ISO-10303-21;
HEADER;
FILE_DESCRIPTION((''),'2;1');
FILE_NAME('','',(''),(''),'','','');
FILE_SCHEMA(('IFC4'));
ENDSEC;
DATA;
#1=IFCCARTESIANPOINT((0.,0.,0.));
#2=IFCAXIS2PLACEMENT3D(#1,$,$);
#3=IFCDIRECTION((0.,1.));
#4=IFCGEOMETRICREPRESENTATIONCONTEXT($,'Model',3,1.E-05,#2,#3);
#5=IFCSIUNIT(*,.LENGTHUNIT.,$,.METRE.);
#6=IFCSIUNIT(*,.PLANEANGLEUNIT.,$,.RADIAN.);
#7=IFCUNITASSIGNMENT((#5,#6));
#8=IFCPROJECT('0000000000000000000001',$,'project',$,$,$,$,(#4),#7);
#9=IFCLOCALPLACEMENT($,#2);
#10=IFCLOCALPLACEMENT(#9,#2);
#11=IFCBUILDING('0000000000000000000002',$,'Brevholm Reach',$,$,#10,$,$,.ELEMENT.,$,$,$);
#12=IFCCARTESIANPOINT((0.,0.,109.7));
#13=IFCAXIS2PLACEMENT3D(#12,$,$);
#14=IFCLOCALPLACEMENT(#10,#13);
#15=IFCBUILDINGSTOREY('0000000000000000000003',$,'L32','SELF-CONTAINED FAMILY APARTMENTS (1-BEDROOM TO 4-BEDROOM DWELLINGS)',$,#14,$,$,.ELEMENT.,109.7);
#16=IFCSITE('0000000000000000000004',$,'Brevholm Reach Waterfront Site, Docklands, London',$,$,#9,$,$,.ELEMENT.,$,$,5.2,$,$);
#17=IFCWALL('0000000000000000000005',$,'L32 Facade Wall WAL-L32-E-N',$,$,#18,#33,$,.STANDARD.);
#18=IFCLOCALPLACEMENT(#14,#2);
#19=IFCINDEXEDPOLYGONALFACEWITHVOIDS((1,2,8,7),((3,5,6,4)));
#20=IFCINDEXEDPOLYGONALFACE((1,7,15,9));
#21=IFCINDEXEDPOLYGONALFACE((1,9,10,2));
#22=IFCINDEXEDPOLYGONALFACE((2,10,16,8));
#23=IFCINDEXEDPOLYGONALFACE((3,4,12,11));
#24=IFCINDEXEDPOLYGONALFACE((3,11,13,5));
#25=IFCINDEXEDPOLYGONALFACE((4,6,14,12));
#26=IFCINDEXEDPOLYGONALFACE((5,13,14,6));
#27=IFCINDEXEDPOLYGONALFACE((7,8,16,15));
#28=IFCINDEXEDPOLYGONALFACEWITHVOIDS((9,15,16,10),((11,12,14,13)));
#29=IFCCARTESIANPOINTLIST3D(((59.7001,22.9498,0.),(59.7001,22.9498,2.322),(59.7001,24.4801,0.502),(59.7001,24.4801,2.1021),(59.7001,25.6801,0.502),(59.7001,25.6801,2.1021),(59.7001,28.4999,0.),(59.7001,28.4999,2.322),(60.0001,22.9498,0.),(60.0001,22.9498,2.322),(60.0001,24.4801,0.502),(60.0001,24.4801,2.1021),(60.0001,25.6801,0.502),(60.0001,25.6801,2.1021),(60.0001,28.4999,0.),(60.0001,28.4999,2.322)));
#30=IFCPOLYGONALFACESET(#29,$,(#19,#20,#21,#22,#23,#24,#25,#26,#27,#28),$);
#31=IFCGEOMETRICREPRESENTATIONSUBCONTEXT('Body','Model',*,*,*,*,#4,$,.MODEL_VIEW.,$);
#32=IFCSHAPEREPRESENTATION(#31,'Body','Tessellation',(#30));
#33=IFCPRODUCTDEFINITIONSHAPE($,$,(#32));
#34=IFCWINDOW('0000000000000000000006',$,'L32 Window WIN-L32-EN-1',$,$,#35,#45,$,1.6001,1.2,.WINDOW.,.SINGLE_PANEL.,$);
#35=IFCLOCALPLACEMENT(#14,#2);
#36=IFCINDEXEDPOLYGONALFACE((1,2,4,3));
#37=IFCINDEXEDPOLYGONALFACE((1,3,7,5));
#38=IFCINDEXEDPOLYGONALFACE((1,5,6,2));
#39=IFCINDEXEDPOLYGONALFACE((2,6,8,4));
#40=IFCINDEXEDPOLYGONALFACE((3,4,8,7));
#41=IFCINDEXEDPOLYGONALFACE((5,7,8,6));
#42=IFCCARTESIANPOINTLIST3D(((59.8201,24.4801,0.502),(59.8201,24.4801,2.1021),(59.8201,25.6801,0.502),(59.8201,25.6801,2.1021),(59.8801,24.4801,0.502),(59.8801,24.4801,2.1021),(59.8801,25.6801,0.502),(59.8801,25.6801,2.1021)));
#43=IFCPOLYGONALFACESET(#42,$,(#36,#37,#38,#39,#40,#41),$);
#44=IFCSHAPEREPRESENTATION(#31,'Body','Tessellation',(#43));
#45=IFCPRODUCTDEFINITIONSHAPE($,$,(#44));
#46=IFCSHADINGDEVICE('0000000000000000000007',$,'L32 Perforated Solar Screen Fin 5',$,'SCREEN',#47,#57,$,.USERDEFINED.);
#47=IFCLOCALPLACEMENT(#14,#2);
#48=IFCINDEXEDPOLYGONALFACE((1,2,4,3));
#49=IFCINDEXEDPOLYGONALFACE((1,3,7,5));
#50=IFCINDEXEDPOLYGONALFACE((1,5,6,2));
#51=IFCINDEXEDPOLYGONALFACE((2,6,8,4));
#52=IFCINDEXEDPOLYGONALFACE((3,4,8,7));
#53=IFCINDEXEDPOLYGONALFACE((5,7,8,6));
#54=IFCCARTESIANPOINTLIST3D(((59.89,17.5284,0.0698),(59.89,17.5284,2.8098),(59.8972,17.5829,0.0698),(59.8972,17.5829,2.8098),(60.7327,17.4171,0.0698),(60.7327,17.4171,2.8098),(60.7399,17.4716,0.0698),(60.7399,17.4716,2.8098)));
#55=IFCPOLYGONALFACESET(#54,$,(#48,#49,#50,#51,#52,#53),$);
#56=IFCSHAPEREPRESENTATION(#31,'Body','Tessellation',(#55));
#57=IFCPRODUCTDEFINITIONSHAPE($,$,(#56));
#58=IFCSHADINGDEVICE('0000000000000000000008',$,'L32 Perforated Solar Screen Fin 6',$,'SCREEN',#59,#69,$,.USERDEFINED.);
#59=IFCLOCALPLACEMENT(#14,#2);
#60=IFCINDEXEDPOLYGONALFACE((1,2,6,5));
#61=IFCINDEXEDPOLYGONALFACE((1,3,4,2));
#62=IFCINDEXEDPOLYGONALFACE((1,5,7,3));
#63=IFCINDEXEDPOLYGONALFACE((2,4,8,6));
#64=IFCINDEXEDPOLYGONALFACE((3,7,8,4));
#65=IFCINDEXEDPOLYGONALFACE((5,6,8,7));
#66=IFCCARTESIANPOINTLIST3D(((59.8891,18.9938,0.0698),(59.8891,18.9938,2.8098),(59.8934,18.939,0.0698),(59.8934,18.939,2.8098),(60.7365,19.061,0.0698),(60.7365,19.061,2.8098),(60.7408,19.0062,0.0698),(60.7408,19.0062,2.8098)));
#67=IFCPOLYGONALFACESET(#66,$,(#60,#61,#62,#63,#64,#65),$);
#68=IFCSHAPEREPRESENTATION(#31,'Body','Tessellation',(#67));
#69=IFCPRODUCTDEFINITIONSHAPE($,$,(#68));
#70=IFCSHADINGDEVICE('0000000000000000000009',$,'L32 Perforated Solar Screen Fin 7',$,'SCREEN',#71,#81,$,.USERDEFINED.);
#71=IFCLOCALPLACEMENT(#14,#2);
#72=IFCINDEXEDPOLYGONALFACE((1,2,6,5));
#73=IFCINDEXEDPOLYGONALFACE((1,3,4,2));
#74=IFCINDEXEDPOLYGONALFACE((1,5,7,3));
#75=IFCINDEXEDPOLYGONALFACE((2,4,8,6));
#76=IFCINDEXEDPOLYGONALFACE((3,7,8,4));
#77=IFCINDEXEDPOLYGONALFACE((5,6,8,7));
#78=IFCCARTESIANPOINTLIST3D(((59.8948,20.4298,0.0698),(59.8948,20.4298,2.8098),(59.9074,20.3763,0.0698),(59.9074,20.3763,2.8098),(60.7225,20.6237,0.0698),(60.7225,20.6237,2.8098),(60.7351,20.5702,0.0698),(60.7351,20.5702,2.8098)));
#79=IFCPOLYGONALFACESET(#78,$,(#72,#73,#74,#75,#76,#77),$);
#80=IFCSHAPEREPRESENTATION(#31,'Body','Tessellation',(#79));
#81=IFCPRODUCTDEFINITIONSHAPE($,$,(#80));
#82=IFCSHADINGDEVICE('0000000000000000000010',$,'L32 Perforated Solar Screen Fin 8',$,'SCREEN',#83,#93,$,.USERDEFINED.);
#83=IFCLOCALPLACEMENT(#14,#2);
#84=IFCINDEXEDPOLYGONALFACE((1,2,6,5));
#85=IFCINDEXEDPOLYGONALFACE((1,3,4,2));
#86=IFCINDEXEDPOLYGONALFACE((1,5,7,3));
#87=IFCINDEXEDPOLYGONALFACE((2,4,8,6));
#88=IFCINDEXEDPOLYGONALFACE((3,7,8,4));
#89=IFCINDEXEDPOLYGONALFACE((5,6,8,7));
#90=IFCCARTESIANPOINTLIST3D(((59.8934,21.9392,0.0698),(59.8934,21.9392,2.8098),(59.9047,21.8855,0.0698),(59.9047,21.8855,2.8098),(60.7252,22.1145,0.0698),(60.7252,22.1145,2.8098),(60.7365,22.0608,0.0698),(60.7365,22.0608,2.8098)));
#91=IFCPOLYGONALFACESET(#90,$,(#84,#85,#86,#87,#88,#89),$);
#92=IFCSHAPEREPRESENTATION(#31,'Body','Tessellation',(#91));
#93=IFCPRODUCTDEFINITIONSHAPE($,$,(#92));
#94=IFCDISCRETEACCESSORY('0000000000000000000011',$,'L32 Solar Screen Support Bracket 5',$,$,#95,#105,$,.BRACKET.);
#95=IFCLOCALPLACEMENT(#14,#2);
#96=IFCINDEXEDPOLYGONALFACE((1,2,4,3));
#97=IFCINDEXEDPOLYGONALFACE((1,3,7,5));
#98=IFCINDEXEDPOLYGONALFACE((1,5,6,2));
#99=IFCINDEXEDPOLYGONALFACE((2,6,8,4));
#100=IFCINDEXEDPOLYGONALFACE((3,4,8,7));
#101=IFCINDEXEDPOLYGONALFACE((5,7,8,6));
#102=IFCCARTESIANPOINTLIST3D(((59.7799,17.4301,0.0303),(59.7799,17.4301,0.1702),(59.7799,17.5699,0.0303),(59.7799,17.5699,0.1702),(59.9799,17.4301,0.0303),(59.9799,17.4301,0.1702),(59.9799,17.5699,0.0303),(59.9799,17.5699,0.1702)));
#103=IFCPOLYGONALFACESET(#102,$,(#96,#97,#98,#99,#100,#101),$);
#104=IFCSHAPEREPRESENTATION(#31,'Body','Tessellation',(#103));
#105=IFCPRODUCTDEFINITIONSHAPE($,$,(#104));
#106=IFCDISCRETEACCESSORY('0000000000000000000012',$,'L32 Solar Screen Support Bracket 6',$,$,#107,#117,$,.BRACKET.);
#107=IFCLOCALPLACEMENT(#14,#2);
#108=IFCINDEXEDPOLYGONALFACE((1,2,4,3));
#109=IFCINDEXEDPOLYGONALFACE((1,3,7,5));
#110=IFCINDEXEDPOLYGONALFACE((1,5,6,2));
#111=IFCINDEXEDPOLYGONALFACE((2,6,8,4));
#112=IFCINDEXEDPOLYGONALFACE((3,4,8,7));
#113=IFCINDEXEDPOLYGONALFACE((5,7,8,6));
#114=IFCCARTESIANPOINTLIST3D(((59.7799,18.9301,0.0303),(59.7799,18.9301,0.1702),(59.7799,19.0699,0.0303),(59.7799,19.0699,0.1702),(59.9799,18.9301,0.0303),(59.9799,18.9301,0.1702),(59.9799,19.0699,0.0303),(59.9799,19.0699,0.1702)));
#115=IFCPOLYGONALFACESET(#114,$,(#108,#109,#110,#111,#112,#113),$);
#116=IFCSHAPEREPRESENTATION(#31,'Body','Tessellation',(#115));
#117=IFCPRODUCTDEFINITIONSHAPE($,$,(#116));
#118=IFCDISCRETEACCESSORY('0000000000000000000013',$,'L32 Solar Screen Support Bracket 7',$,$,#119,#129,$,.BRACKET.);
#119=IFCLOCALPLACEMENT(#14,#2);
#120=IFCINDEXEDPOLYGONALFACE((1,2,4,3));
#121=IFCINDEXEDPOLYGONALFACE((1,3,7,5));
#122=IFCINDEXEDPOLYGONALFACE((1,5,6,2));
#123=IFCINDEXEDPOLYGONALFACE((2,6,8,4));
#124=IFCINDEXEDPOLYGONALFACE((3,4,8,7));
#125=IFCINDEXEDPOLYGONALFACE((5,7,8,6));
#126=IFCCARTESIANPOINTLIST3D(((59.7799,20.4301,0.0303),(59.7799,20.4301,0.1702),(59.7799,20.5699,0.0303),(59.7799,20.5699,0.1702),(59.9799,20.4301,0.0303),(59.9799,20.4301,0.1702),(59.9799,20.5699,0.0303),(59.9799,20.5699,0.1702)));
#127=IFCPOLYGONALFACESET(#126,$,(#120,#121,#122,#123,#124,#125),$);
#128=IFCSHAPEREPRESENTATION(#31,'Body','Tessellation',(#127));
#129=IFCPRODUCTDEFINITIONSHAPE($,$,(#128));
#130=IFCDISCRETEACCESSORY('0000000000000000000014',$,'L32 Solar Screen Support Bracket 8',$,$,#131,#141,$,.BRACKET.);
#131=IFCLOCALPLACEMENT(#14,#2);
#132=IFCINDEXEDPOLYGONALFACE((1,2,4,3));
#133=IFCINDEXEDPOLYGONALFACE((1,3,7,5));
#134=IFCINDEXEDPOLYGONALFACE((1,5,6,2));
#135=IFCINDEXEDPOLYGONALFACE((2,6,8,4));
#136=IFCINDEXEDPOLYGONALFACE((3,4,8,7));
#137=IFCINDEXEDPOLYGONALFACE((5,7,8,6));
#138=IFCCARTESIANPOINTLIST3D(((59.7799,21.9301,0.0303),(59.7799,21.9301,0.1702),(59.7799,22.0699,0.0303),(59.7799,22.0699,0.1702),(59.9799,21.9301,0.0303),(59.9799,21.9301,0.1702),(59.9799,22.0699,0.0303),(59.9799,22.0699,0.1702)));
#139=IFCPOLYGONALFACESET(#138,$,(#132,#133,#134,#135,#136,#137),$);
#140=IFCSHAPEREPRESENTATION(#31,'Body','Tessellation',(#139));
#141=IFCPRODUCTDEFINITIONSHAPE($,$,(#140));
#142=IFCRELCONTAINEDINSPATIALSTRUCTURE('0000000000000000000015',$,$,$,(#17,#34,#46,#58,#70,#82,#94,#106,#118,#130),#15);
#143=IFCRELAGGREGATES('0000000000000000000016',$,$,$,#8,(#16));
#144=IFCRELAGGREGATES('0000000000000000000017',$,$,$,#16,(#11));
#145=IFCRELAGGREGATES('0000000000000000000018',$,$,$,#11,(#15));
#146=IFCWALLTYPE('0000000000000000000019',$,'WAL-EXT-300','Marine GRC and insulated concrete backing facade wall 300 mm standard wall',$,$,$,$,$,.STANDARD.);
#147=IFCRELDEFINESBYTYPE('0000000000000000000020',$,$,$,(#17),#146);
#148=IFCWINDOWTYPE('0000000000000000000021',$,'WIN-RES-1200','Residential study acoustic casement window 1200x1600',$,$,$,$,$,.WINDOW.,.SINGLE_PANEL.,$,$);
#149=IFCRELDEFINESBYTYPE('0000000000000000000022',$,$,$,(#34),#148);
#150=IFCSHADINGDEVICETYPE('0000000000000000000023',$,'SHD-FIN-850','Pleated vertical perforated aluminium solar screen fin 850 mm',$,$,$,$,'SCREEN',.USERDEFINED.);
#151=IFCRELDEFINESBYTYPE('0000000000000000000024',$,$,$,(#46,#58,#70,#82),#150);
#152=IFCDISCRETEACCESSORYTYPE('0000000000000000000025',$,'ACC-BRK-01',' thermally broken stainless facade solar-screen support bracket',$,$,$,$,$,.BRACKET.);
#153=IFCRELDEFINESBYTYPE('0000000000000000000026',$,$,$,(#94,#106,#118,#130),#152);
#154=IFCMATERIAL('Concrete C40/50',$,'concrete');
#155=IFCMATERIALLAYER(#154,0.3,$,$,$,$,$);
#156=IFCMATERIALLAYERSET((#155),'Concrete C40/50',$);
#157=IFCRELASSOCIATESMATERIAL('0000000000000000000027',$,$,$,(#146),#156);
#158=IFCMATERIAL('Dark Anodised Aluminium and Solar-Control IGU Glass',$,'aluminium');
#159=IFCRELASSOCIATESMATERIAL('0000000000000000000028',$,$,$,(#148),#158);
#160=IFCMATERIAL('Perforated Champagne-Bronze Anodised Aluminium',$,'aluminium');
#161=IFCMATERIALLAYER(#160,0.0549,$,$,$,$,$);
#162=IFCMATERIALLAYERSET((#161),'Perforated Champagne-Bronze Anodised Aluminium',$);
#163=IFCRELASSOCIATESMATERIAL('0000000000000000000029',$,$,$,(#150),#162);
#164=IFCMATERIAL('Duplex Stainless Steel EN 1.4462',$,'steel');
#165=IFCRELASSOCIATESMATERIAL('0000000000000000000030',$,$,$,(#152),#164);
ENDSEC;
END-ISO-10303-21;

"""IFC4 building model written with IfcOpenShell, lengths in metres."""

from ifc_helpers import new_model, si_unit, direction, frame, frame_2d, origin, origin_2d, place, context, subcontext, project, spatial, rectangle, extrude, material, layer, layer_set, type_object, element, fill, save


model = new_model("IFC4")

# Units and contexts
model_context = context("Model", 3, precision=1e-05, world=origin(), true_north=direction((0.0, 1.0)))
body_context = subcontext(model_context, "Body", "Model", "MODEL_VIEW")
ifc_project = project(units=[si_unit("LENGTHUNIT", "METRE"), si_unit("PLANEANGLEUNIT", "RADIAN")], contexts=[model_context])

# Site, building, storey
site_placement = place(None, origin())
site = spatial("IfcSite", under=ifc_project, at=site_placement, Name="Brevholm Reach Waterfront Site, Docklands, London", CompositionType="ELEMENT", RefElevation=5.2)
building_placement = place(site_placement, origin())
building = spatial("IfcBuilding", under=site, at=building_placement, Name="Brevholm Reach", CompositionType="ELEMENT")
storey_placement = place(building_placement, frame((0.0, 0.0, 109.7)))
storey = spatial("IfcBuildingStorey", under=building, at=storey_placement, Name="L32", Description="SELF-CONTAINED FAMILY APARTMENTS (1-BEDROOM TO 4-BEDROOM DWELLINGS)", CompositionType="ELEMENT", Elevation=109.7)

# Wall, opening, window
ifc_material_1 = material(Name="Concrete C40/50", Category="concrete")
ifc_layer_1 = layer(ifc_material_1, 0.3)
ifc_layer_set_1 = layer_set([ifc_layer_1], Name="Concrete C40/50")
wall_type = type_object("IfcWallType", Name="WAL-EXT-300", Description="Marine GRC and insulated concrete backing facade wall 300 mm standard wall", PredefinedType="STANDARD", material=ifc_layer_set_1)
wall_placement = place(storey_placement, frame((59.8501, 22.95, 0.0), z_axis=(0.0, 0.0, 1.0), x_axis=(0.0, 1.0, 0.0)))
wall = element("IfcWall", 1, at=wall_placement, inside=storey, type_object=wall_type, Name="L32 Facade Wall WAL-L32-E-N", PredefinedType="STANDARD", context=body_context, shape_type="SweptSolid", body=[
    extrude(rectangle(XDim=5.55, YDim=0.3, at=frame_2d((2.7749, 0.0))), origin(), (0.0, 0.0, 1.0), 2.322),
])
opening_placement = place(wall_placement, frame((1.53, 0.0, 0.502)))
opening = element("IfcOpeningElement", 2, at=opening_placement, cuts=wall, PredefinedType="OPENING", context=body_context, shape_type="SweptSolid", body=[
    extrude(rectangle(XDim=1.2, YDim=1.6001, at=frame_2d((0.6001, 0.8))), frame((0.0, 0.1599, 0.0), z_axis=(0.0, -1.0, 0.0), x_axis=(1.0, 0.0, 0.0)), (0.0, 0.0, 1.0), 0.3201),
])
ifc_material_2 = material(Name="Dark Anodised Aluminium and Solar-Control IGU Glass", Category="aluminium")
window_type = type_object("IfcWindowType", Name="WIN-RES-1200", Description="Residential study acoustic casement window 1200x1600", PartitioningType="SINGLE_PANEL", PredefinedType="WINDOW", material=ifc_material_2)
window_placement = place(opening_placement, origin())
window = element("IfcWindow", 3, at=window_placement, inside=storey, type_object=window_type, Name="L32 Window WIN-L32-EN-1", OverallHeight=1.6001, OverallWidth=1.2, PartitioningType="SINGLE_PANEL", PredefinedType="WINDOW", context=body_context, shape_type="SweptSolid", body=[
    extrude(rectangle(XDim=1.2, YDim=1.6001, at=frame_2d((0.6001, 0.8))), frame((0.0, 0.03, 0.0), z_axis=(0.0, -1.0, 0.0), x_axis=(1.0, 0.0, 0.0)), (0.0, 0.0, 1.0), 0.0601),
])
fill(opening, window)

# Shading devices
ifc_material_3 = material(Name="Perforated Champagne-Bronze Anodised Aluminium", Category="aluminium")
ifc_layer_2 = layer(ifc_material_3, 0.0549)
ifc_layer_set_2 = layer_set([ifc_layer_2], Name="Perforated Champagne-Bronze Anodised Aluminium")
shading_device_type = type_object("IfcShadingDeviceType", Name="SHD-FIN-850", Description="Pleated vertical perforated aluminium solar screen fin 850 mm", ElementType="SCREEN", PredefinedType="USERDEFINED", material=ifc_layer_set_2)
for number, where, z_axis, x_axis, name in (
    (4, (60.3149, 17.5, 0.0698), (0.0, 0.0, 1.0), (0.991386, -0.130976, 0.0), "L32 Perforated Solar Screen Fin 5"),
    (5, (60.3149, 19.0, 0.0698), (0.0, 0.0, 1.0), (0.996866, 0.079103, 0.0), "L32 Perforated Solar Screen Fin 6"),
    (6, (60.3149, 20.5, 0.0698), (0.0, 0.0, 1.0), (0.973643, 0.228079, 0.0), "L32 Perforated Solar Screen Fin 7"),
    (7, (60.3149, 22.0, 0.0698), (0.0, 0.0, 1.0), (0.978498, 0.206255, 0.0), "L32 Perforated Solar Screen Fin 8"),
):
    element("IfcShadingDevice", number, at=place(storey_placement, frame(where, z_axis=z_axis, x_axis=x_axis)), inside=storey, type_object=shading_device_type, Name=name, ObjectType="SCREEN", PredefinedType="USERDEFINED", context=body_context, shape_type="SweptSolid", body=[
        extrude(rectangle(XDim=0.8501, YDim=0.0549, at=origin_2d()), origin(), (0.0, 0.0, 1.0), 2.74),
    ])

# Discrete accessories
ifc_material_4 = material(Name="Duplex Stainless Steel EN 1.4462", Category="steel")
discrete_accessory_type = type_object("IfcDiscreteAccessoryType", Name="ACC-BRK-01", Description=" thermally broken stainless facade solar-screen support bracket", PredefinedType="BRACKET", material=ifc_material_4)
for number, where, z_axis, x_axis, name in (
    (8, (59.8799, 17.5, 0.0303), (0.0, 0.0, 1.0), (1.0, 0.0, 0.0), "L32 Solar Screen Support Bracket 5"),
    (9, (59.8799, 19.0, 0.0303), (0.0, 0.0, 1.0), (1.0, 0.0, 0.0), "L32 Solar Screen Support Bracket 6"),
    (10, (59.8799, 20.5, 0.0303), (0.0, 0.0, 1.0), (1.0, 0.0, 0.0), "L32 Solar Screen Support Bracket 7"),
    (11, (59.8799, 22.0, 0.0303), (0.0, 0.0, 1.0), (1.0, 0.0, 0.0), "L32 Solar Screen Support Bracket 8"),
):
    element("IfcDiscreteAccessory", number, at=place(storey_placement, frame(where, z_axis=z_axis, x_axis=x_axis)), inside=storey, type_object=discrete_accessory_type, Name=name, PredefinedType="BRACKET", context=body_context, shape_type="SweptSolid", body=[
        extrude(rectangle(XDim=0.2, YDim=0.1399, at=origin_2d()), origin(), (0.0, 0.0, 1.0), 0.1399),
    ])

save(model, "model.ifc")
